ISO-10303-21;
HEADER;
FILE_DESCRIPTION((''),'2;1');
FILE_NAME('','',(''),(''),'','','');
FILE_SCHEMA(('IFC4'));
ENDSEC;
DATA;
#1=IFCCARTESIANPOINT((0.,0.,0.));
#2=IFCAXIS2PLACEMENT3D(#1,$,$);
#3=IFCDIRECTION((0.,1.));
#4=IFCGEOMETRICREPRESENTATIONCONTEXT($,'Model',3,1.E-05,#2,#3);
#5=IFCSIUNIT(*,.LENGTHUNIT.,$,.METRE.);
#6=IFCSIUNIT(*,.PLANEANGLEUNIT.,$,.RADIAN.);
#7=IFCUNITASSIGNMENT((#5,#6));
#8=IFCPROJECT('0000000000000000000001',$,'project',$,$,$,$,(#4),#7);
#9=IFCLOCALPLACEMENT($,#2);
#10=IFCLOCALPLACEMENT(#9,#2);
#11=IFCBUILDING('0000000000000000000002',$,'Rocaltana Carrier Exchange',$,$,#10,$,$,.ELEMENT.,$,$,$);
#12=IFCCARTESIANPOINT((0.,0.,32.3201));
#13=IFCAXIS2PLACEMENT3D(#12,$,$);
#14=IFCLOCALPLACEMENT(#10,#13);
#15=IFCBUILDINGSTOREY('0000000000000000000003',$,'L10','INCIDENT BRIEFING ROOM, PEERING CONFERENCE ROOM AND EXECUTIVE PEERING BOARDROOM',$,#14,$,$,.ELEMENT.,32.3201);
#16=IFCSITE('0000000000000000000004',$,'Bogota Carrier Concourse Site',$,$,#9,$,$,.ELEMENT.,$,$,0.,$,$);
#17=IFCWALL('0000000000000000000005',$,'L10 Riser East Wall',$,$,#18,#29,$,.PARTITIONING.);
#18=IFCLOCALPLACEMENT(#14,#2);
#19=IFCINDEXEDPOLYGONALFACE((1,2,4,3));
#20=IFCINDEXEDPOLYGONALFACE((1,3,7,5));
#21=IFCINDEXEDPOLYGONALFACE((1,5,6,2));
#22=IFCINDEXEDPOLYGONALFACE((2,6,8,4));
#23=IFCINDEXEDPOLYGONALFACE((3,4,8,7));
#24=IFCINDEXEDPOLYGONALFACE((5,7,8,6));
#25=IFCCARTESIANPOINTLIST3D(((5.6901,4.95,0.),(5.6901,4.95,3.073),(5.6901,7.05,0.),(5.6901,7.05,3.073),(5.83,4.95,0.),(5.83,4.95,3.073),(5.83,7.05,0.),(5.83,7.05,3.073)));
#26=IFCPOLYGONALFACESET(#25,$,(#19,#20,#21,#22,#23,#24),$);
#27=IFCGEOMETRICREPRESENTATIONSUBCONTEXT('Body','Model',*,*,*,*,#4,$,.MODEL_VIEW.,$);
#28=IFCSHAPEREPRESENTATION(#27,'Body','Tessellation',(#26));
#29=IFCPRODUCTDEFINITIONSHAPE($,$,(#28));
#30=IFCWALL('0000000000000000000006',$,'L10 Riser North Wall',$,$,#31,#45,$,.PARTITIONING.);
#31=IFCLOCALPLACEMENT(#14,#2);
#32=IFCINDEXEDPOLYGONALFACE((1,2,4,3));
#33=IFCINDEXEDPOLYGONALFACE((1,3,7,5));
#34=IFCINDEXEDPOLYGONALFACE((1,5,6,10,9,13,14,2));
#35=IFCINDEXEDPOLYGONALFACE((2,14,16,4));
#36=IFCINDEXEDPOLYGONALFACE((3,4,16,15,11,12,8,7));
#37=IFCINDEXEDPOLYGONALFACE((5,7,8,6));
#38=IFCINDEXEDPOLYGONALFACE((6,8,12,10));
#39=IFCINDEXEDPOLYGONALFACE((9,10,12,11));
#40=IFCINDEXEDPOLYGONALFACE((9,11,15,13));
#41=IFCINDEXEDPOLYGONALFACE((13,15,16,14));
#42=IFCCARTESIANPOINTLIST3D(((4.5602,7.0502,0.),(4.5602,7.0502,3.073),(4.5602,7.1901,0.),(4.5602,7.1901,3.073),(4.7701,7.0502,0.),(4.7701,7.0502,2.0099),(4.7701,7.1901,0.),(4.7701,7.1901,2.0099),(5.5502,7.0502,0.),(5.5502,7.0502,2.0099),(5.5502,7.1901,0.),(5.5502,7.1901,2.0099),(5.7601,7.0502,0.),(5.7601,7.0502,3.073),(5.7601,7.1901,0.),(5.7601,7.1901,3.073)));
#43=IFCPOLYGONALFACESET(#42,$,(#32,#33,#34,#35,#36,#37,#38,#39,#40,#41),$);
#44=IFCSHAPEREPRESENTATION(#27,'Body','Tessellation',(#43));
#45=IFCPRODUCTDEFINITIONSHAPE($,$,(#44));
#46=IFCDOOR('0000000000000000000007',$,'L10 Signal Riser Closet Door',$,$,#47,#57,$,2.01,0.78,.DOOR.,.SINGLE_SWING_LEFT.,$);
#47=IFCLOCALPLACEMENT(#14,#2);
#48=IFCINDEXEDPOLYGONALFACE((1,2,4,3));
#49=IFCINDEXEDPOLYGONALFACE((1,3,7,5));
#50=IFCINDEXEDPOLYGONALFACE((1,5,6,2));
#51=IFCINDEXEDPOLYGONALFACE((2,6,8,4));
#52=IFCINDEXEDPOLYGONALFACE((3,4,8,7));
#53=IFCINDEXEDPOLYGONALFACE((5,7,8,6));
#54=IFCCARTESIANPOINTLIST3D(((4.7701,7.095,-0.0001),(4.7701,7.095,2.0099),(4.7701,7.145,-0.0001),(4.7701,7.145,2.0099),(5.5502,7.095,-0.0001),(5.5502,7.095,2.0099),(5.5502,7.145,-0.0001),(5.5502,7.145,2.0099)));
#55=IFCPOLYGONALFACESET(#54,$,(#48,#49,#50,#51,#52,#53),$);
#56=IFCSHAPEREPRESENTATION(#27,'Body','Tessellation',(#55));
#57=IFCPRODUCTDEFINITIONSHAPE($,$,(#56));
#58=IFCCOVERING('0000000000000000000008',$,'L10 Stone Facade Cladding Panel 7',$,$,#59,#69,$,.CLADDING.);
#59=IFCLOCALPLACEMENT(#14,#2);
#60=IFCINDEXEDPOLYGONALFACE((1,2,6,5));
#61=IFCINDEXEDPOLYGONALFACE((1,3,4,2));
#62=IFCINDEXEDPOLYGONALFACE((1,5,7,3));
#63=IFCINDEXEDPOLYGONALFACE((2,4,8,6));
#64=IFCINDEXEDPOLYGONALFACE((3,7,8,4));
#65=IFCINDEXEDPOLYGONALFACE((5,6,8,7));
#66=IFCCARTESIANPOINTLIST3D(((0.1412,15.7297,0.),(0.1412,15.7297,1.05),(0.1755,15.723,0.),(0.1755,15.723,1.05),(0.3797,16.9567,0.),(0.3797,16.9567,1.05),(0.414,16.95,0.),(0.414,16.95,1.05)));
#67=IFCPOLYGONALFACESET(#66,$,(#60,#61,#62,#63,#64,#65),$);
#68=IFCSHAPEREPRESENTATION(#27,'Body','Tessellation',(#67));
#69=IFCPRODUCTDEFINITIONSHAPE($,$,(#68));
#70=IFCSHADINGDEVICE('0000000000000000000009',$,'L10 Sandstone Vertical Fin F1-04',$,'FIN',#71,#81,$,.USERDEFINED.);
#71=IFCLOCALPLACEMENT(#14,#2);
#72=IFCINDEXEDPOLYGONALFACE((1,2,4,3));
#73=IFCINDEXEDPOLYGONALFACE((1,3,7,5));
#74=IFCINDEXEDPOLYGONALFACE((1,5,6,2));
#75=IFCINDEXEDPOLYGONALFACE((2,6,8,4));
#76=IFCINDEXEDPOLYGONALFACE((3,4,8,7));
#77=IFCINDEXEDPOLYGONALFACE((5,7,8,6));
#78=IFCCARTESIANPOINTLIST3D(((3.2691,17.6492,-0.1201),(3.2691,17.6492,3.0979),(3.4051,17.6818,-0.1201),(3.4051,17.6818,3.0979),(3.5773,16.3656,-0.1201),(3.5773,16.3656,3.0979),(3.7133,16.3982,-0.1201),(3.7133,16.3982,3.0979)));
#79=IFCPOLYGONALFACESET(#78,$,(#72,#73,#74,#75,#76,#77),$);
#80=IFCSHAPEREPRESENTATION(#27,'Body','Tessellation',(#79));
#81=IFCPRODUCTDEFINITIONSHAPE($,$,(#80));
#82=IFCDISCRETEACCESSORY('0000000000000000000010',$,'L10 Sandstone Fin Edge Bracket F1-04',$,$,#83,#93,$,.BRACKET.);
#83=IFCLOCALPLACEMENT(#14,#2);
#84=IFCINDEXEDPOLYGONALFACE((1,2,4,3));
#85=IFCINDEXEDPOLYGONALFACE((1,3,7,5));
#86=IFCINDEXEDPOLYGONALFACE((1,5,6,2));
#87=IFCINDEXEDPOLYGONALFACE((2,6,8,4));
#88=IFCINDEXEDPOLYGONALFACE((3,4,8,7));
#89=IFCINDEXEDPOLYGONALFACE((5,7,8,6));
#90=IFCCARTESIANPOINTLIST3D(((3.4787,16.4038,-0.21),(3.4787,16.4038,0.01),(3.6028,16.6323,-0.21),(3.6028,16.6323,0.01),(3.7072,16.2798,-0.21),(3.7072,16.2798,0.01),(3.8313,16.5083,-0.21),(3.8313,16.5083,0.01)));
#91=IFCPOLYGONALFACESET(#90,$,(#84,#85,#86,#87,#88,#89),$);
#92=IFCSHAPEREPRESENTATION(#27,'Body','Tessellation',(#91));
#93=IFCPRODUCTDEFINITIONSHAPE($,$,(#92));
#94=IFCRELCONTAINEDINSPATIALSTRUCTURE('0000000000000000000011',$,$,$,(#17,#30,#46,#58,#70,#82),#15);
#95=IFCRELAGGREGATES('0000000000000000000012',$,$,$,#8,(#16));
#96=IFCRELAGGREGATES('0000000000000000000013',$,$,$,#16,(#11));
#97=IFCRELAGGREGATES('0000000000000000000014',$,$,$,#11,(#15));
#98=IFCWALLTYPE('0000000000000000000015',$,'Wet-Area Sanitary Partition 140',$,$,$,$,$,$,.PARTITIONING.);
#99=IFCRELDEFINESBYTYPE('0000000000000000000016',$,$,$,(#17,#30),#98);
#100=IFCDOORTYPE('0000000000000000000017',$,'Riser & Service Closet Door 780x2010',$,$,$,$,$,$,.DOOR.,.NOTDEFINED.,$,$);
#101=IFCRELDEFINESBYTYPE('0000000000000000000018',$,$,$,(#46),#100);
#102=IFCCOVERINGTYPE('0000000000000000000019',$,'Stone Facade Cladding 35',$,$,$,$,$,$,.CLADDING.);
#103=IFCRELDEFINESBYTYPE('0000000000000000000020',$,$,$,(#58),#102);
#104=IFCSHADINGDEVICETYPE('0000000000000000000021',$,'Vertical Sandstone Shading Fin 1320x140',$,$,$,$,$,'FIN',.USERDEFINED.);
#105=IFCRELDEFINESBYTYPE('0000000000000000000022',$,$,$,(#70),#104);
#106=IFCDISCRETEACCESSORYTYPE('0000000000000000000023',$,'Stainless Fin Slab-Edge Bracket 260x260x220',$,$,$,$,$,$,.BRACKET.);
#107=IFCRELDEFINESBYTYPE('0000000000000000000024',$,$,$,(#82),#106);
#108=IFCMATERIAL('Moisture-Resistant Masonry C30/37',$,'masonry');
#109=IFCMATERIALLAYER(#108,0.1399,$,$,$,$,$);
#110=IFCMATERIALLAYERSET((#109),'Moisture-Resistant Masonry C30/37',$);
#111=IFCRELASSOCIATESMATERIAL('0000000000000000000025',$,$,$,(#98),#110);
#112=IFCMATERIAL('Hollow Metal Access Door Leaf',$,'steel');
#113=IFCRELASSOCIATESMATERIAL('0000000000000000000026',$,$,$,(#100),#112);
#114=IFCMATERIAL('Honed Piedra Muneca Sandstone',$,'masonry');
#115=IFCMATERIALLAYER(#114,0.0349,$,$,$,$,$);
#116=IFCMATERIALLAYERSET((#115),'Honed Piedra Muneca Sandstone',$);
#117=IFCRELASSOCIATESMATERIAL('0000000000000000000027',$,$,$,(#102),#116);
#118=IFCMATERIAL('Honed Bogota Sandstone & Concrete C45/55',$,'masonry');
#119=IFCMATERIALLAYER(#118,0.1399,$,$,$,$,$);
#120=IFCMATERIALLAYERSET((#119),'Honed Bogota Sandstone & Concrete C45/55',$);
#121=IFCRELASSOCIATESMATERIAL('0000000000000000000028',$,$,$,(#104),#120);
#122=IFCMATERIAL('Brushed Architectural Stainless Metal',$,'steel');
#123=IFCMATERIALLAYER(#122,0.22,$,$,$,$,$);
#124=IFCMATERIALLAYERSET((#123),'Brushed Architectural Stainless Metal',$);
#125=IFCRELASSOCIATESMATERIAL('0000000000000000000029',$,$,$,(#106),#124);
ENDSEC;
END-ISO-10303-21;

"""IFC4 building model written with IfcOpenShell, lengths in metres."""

from ifc_helpers import new_model, si_unit, direction, frame, frame_2d, origin, origin_2d, place, context, subcontext, project, spatial, rectangle, extrude, material, layer, layer_set, type_object, element, fill, save


model = new_model("IFC4")

# Units and contexts
model_context = context("Model", 3, precision=1e-05, world=origin(), true_north=direction((0.0, 1.0)))
body_context = subcontext(model_context, "Body", "Model", "MODEL_VIEW")
ifc_project = project(units=[si_unit("LENGTHUNIT", "METRE"), si_unit("PLANEANGLEUNIT", "RADIAN")], contexts=[model_context])

# Site, building, storey
site_placement = place(None, origin())
site = spatial("IfcSite", under=ifc_project, at=site_placement, Name="Bogota Carrier Concourse Site", CompositionType="ELEMENT", RefElevation=0.0)
building_placement = place(site_placement, origin())
building = spatial("IfcBuilding", under=site, at=building_placement, Name="Rocaltana Carrier Exchange", CompositionType="ELEMENT")
storey_placement = place(building_placement, frame((0.0, 0.0, 32.3201)))
storey = spatial("IfcBuildingStorey", under=building, at=storey_placement, Name="L10", Description="INCIDENT BRIEFING ROOM, PEERING CONFERENCE ROOM AND EXECUTIVE PEERING BOARDROOM", CompositionType="ELEMENT", Elevation=32.3201)

# Wall
ifc_material_1 = material(Name="Moisture-Resistant Masonry C30/37", Category="masonry")
ifc_layer_1 = layer(ifc_material_1, 0.1399)
ifc_layer_set_1 = layer_set([ifc_layer_1], Name="Moisture-Resistant Masonry C30/37")
wall_type_1 = type_object("IfcWallType", Name="Wet-Area Sanitary Partition 140", PredefinedType="PARTITIONING", material=ifc_layer_set_1)
wall_1_placement = place(storey_placement, frame((5.76, 4.95, 0.0), z_axis=(0.0, 0.0, 1.0), x_axis=(0.0, 1.0, 0.0)))
element("IfcWall", 1, at=wall_1_placement, inside=storey, type_object=wall_type_1, Name="L10 Riser East Wall", PredefinedType="PARTITIONING", context=body_context, shape_type="SweptSolid", body=[
    extrude(rectangle(XDim=2.1001, YDim=0.1399, at=frame_2d((1.05, 0.0))), origin(), (0.0, 0.0, 1.0), 3.073),
])

# Wall, opening, door
wall_2_placement = place(storey_placement, frame((4.5601, 7.1201, 0.0), z_axis=(0.0, 0.0, 1.0), x_axis=(1.0, 0.0, 0.0)))
wall_2 = element("IfcWall", 2, at=wall_2_placement, inside=storey, type_object=wall_type_1, Name="L10 Riser North Wall", PredefinedType="PARTITIONING", context=body_context, shape_type="SweptSolid", body=[
    extrude(rectangle(XDim=1.2, YDim=0.1399, at=frame_2d((0.6001, 0.0))), origin(), (0.0, 0.0, 1.0), 3.073),
])
opening_1_placement = place(wall_2_placement, frame((0.21, 0.0, 0.0)))
opening_1 = element("IfcOpeningElement", 3, at=opening_1_placement, cuts=wall_2, PredefinedType="OPENING", context=body_context, shape_type="SweptSolid", body=[
    extrude(rectangle(XDim=0.78, YDim=2.01, at=frame_2d((0.3901, 1.0049))), frame((0.0, 0.0798, 0.0), z_axis=(0.0, -1.0, 0.0), x_axis=(1.0, 0.0, 0.0)), (0.0, 0.0, 1.0), 0.1599),
])
ifc_material_2 = material(Name="Hollow Metal Access Door Leaf", Category="steel")
door_type_1 = type_object("IfcDoorType", Name="Riser & Service Closet Door 780x2010", OperationType="NOTDEFINED", PredefinedType="DOOR", material=ifc_material_2)
door_1_placement = place(opening_1_placement, origin())
door_1 = element("IfcDoor", 4, at=door_1_placement, inside=storey, type_object=door_type_1, Name="L10 Signal Riser Closet Door", OperationType="SINGLE_SWING_LEFT", OverallHeight=2.01, OverallWidth=0.78, PredefinedType="DOOR", context=body_context, shape_type="SweptSolid", body=[
    extrude(rectangle(XDim=0.78, YDim=2.01, at=frame_2d((0.3901, 1.0049))), frame((0.0, 0.0249, 0.0), z_axis=(0.0, -1.0, 0.0), x_axis=(1.0, 0.0, 0.0)), (0.0, 0.0, 1.0), 0.05),
])
fill(opening_1, door_1)

# Covering
ifc_material_3 = material(Name="Honed Piedra Muneca Sandstone", Category="masonry")
ifc_layer_2 = layer(ifc_material_3, 0.0349)
ifc_layer_set_2 = layer_set([ifc_layer_2], Name="Honed Piedra Muneca Sandstone")
covering_type = type_object("IfcCoveringType", Name="Stone Facade Cladding 35", PredefinedType="CLADDING", material=ifc_layer_set_2)
covering_placement = place(storey_placement, frame((0.2776, 16.3398, 0.0), z_axis=(0.0, 0.0, 1.0), x_axis=(0.190809, 0.981627, 0.0)))
element("IfcCovering", 5, at=covering_placement, inside=storey, type_object=covering_type, Name="L10 Stone Facade Cladding Panel 7", PredefinedType="CLADDING", context=body_context, shape_type="SweptSolid", body=[
    extrude(rectangle(XDim=1.25, YDim=0.0349, at=origin_2d()), origin(), (0.0, 0.0, 1.0), 1.05),
])

# Shading device
ifc_material_4 = material(Name="Honed Bogota Sandstone & Concrete C45/55", Category="masonry")
ifc_layer_3 = layer(ifc_material_4, 0.1399)
ifc_layer_set_3 = layer_set([ifc_layer_3], Name="Honed Bogota Sandstone & Concrete C45/55")
shading_device_type = type_object("IfcShadingDeviceType", Name="Vertical Sandstone Shading Fin 1320x140", ElementType="FIN", PredefinedType="USERDEFINED", material=ifc_layer_set_3)
shading_device_placement = place(storey_placement, frame((3.4912, 17.0237, -0.1201), z_axis=(0.0, 0.0, 1.0), x_axis=(-0.233445, 0.97237, 0.0)))
element("IfcShadingDevice", 6, at=shading_device_placement, inside=storey, type_object=shading_device_type, Name="L10 Sandstone Vertical Fin F1-04", ObjectType="FIN", PredefinedType="USERDEFINED", context=body_context, shape_type="SweptSolid", body=[
    extrude(rectangle(XDim=1.3201, YDim=0.1399, at=origin_2d()), origin(), (0.0, 0.0, 1.0), 3.218),
])

# Discrete accessory
ifc_material_5 = material(Name="Brushed Architectural Stainless Metal", Category="steel")
ifc_layer_4 = layer(ifc_material_5, 0.22)
ifc_layer_set_4 = layer_set([ifc_layer_4], Name="Brushed Architectural Stainless Metal")
discrete_accessory_type = type_object("IfcDiscreteAccessoryType", Name="Stainless Fin Slab-Edge Bracket 260x260x220", PredefinedType="BRACKET", material=ifc_layer_set_4)
discrete_accessory_placement = place(storey_placement, frame((3.655, 16.4561, -0.21), z_axis=(0.0, 0.0, 1.0), x_axis=(-0.878817, 0.477159, 0.0)))
element("IfcDiscreteAccessory", 7, at=discrete_accessory_placement, inside=storey, type_object=discrete_accessory_type, Name="L10 Sandstone Fin Edge Bracket F1-04", PredefinedType="BRACKET", context=body_context, shape_type="SweptSolid", body=[
    extrude(rectangle(XDim=0.26, YDim=0.26, at=origin_2d()), origin(), (0.0, 0.0, 1.0), 0.22),
])

save(model, "model.ifc")
